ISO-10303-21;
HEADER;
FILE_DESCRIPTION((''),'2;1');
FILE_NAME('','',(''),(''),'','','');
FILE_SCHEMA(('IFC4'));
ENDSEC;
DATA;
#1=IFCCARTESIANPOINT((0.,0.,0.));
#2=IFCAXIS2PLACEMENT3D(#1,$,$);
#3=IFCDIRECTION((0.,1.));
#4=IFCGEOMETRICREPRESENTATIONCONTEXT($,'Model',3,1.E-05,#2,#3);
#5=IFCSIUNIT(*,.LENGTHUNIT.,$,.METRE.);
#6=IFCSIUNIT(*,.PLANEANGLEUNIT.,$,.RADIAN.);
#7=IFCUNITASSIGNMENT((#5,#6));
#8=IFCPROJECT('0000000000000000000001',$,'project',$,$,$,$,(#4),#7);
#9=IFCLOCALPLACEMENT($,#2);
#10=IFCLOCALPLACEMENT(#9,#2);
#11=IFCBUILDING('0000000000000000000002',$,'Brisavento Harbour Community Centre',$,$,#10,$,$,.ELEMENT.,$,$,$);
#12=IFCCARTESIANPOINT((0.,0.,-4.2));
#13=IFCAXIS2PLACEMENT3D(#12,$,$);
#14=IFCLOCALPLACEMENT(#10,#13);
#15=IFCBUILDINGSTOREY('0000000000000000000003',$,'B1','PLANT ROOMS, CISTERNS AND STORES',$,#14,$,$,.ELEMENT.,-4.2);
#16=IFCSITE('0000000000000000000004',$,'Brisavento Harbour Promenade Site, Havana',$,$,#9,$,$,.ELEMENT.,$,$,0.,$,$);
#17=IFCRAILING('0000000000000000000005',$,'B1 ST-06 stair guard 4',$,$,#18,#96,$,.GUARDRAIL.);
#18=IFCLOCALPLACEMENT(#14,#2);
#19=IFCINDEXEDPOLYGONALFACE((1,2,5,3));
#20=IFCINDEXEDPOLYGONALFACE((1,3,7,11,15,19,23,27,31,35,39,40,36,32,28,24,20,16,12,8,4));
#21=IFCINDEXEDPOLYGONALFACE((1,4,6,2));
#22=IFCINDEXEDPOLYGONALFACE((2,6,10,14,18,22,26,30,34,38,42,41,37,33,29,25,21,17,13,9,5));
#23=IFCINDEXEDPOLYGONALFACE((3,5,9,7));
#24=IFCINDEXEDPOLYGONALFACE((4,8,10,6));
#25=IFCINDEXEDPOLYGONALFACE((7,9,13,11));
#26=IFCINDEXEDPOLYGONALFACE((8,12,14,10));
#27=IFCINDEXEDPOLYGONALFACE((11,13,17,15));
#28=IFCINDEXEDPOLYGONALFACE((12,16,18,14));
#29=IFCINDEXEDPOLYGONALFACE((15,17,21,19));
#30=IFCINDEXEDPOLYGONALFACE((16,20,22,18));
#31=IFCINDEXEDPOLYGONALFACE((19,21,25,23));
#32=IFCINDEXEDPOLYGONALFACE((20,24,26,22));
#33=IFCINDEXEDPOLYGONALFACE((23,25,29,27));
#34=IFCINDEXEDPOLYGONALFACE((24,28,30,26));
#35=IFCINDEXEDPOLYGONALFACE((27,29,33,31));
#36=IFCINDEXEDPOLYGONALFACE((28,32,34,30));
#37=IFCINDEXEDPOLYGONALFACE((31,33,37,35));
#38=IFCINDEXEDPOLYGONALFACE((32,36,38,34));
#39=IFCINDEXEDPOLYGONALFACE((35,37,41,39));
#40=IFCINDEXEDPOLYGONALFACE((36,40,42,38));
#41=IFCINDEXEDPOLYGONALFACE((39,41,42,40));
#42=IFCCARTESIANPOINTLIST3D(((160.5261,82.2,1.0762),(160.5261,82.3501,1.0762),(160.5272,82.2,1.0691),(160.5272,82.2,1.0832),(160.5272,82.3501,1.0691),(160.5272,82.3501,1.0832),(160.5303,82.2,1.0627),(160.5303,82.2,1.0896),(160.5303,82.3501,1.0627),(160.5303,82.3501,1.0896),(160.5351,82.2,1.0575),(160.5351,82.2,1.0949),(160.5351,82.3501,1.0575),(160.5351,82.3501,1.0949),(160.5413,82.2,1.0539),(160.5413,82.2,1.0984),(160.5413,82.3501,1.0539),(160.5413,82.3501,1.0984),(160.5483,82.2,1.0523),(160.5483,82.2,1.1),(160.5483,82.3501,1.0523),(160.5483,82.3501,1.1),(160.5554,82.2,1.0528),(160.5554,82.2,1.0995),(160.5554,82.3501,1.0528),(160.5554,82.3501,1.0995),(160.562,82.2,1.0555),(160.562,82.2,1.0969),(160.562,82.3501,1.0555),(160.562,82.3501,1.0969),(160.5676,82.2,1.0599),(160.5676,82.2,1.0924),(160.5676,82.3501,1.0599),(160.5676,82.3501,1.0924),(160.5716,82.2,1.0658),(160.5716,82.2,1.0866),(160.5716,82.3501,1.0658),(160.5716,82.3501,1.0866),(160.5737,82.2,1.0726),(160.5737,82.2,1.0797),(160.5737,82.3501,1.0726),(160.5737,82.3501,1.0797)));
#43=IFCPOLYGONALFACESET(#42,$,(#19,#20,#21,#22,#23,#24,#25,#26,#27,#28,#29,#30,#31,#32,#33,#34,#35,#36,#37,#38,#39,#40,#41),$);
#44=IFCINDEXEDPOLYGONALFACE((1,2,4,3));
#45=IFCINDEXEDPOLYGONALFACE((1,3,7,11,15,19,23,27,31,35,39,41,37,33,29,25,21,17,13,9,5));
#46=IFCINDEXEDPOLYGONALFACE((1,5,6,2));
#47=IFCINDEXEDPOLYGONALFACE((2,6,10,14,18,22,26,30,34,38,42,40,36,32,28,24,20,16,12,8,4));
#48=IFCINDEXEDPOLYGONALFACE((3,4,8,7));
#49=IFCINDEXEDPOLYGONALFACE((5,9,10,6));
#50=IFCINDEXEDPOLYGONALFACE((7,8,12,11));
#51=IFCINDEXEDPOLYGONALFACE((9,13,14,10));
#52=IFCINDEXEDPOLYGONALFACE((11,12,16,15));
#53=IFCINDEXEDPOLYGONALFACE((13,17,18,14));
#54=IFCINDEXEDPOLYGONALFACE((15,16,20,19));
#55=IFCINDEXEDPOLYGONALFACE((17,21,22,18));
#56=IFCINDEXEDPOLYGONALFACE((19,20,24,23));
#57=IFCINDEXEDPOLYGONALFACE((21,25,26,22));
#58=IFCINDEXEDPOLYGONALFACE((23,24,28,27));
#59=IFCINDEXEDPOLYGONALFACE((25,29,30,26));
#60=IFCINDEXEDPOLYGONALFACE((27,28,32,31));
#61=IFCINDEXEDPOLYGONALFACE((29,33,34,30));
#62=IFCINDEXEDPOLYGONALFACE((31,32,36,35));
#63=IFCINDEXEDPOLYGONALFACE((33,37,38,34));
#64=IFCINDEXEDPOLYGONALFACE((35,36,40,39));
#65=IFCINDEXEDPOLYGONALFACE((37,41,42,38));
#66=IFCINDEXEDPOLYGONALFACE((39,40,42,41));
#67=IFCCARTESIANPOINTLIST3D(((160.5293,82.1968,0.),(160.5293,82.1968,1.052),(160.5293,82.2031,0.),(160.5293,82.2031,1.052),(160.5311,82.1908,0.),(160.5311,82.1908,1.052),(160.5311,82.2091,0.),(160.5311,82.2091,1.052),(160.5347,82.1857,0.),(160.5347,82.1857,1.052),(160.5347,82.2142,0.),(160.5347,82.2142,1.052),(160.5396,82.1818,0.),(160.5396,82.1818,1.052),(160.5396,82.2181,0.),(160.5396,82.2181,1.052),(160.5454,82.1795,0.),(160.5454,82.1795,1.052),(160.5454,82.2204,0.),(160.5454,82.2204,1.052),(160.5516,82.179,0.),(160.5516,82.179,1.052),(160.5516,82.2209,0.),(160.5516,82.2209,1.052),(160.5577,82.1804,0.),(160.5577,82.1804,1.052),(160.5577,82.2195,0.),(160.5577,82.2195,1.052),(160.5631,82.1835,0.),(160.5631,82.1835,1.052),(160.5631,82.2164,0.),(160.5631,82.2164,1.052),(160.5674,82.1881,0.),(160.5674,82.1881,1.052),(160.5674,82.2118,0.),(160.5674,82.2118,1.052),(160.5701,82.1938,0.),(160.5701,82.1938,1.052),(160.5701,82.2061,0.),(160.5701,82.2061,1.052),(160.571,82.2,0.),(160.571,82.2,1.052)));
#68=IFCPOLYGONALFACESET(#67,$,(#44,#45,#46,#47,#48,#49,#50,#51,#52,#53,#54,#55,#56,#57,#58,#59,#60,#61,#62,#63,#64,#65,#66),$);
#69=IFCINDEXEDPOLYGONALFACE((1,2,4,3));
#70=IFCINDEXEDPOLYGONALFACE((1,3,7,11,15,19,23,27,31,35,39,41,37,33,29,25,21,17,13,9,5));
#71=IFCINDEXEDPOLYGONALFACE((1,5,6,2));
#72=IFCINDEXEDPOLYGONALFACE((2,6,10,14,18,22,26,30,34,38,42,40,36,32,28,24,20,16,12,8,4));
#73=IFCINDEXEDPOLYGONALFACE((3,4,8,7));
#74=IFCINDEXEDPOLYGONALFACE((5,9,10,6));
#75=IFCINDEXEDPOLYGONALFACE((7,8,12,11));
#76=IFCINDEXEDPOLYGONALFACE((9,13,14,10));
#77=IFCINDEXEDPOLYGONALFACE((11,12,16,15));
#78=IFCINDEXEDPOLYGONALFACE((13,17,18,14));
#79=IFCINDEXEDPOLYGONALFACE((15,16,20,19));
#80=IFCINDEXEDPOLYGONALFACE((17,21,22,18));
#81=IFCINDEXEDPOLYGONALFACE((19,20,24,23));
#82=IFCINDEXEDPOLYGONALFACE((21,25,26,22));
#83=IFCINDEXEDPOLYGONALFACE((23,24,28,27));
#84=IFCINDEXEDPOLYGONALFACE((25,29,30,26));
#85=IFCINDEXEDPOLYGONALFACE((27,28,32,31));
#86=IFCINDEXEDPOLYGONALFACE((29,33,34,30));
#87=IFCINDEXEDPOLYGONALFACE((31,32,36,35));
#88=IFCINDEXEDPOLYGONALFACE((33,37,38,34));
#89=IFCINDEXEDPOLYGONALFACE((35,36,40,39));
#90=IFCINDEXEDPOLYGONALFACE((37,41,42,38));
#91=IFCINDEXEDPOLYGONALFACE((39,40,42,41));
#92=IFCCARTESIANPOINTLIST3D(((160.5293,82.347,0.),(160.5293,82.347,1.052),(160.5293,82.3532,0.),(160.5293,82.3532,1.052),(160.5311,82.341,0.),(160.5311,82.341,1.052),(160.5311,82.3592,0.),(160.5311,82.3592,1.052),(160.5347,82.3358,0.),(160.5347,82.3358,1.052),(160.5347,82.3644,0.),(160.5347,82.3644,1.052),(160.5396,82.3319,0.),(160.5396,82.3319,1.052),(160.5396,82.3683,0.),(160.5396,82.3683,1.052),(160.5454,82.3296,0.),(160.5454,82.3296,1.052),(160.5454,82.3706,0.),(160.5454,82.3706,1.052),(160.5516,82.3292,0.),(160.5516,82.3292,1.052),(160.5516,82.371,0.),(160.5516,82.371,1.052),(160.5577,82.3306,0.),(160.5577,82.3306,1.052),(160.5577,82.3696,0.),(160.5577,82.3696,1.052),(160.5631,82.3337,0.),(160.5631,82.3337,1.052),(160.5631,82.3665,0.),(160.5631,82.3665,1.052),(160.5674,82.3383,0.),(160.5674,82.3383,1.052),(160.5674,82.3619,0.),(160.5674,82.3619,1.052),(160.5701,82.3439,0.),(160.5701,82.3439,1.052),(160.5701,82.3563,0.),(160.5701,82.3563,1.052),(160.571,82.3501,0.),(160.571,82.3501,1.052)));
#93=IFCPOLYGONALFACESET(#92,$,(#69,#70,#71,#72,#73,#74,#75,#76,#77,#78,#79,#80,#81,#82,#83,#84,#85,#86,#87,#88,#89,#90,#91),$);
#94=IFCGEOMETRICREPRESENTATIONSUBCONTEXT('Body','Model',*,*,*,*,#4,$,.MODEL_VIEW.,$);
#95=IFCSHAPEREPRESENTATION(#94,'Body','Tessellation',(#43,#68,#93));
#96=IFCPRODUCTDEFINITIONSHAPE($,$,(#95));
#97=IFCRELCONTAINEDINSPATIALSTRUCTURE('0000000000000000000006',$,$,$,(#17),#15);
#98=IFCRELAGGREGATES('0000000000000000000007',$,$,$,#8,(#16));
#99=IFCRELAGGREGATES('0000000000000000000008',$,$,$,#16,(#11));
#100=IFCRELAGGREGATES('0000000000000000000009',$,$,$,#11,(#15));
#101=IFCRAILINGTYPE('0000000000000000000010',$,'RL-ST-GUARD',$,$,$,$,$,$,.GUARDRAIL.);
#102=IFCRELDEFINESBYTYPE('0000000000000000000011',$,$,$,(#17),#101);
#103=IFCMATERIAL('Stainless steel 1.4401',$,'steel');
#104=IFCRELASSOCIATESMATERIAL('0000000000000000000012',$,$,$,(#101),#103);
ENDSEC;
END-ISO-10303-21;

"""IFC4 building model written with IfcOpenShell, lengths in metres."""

from ifc_helpers import new_model, si_unit, direction, frame, origin, origin_2d, place, context, subcontext, project, spatial, circle, extrude, material, type_object, element, save


model = new_model("IFC4")

# Units and contexts
model_context = context("Model", 3, precision=1e-05, world=origin(), true_north=direction((0.0, 1.0)))
body_context = subcontext(model_context, "Body", "Model", "MODEL_VIEW")
ifc_project = project(units=[si_unit("LENGTHUNIT", "METRE"), si_unit("PLANEANGLEUNIT", "RADIAN")], contexts=[model_context])

# Site, building, storey
site_placement = place(None, origin())
site = spatial("IfcSite", under=ifc_project, at=site_placement, Name="Brisavento Harbour Promenade Site, Havana", CompositionType="ELEMENT", RefElevation=0.0)
building_placement = place(site_placement, origin())
building = spatial("IfcBuilding", under=site, at=building_placement, Name="Brisavento Harbour Community Centre", CompositionType="ELEMENT")
storey_placement = place(building_placement, frame((0.0, 0.0, -4.2)))
storey = spatial("IfcBuildingStorey", under=building, at=storey_placement, Name="B1", Description="PLANT ROOMS, CISTERNS AND STORES", CompositionType="ELEMENT", Elevation=-4.2)

# Railing
ifc_material_1 = material(Name="Stainless steel 1.4401", Category="steel")
railing_type_1 = type_object("IfcRailingType", Name="RL-ST-GUARD", PredefinedType="GUARDRAIL", material=ifc_material_1)
railing_1_placement = place(storey_placement, frame((160.55, 82.2, 0.0)))
element("IfcRailing", 1, at=railing_1_placement, inside=storey, type_object=railing_type_1, Name="B1 ST-06 stair guard 4", PredefinedType="GUARDRAIL", context=body_context, shape_type="SweptSolid", body=[
    extrude(circle(Radius=0.0239, at=origin_2d()), frame((0.0, 0.0, 1.0762), z_axis=(0.0, 1.0, 0.0), x_axis=(-1.0, 0.0, 0.0)), (0.0, 0.0, 1.0), 0.1501),
    extrude(circle(Radius=0.021, at=origin_2d()), origin(), (0.0, 0.0, 1.0), 1.052),
    extrude(circle(Radius=0.021, at=origin_2d()), frame((0.0, 0.1501, 0.0)), (0.0, 0.0, 1.0), 1.052),
])

save(model, "model.ifc")
